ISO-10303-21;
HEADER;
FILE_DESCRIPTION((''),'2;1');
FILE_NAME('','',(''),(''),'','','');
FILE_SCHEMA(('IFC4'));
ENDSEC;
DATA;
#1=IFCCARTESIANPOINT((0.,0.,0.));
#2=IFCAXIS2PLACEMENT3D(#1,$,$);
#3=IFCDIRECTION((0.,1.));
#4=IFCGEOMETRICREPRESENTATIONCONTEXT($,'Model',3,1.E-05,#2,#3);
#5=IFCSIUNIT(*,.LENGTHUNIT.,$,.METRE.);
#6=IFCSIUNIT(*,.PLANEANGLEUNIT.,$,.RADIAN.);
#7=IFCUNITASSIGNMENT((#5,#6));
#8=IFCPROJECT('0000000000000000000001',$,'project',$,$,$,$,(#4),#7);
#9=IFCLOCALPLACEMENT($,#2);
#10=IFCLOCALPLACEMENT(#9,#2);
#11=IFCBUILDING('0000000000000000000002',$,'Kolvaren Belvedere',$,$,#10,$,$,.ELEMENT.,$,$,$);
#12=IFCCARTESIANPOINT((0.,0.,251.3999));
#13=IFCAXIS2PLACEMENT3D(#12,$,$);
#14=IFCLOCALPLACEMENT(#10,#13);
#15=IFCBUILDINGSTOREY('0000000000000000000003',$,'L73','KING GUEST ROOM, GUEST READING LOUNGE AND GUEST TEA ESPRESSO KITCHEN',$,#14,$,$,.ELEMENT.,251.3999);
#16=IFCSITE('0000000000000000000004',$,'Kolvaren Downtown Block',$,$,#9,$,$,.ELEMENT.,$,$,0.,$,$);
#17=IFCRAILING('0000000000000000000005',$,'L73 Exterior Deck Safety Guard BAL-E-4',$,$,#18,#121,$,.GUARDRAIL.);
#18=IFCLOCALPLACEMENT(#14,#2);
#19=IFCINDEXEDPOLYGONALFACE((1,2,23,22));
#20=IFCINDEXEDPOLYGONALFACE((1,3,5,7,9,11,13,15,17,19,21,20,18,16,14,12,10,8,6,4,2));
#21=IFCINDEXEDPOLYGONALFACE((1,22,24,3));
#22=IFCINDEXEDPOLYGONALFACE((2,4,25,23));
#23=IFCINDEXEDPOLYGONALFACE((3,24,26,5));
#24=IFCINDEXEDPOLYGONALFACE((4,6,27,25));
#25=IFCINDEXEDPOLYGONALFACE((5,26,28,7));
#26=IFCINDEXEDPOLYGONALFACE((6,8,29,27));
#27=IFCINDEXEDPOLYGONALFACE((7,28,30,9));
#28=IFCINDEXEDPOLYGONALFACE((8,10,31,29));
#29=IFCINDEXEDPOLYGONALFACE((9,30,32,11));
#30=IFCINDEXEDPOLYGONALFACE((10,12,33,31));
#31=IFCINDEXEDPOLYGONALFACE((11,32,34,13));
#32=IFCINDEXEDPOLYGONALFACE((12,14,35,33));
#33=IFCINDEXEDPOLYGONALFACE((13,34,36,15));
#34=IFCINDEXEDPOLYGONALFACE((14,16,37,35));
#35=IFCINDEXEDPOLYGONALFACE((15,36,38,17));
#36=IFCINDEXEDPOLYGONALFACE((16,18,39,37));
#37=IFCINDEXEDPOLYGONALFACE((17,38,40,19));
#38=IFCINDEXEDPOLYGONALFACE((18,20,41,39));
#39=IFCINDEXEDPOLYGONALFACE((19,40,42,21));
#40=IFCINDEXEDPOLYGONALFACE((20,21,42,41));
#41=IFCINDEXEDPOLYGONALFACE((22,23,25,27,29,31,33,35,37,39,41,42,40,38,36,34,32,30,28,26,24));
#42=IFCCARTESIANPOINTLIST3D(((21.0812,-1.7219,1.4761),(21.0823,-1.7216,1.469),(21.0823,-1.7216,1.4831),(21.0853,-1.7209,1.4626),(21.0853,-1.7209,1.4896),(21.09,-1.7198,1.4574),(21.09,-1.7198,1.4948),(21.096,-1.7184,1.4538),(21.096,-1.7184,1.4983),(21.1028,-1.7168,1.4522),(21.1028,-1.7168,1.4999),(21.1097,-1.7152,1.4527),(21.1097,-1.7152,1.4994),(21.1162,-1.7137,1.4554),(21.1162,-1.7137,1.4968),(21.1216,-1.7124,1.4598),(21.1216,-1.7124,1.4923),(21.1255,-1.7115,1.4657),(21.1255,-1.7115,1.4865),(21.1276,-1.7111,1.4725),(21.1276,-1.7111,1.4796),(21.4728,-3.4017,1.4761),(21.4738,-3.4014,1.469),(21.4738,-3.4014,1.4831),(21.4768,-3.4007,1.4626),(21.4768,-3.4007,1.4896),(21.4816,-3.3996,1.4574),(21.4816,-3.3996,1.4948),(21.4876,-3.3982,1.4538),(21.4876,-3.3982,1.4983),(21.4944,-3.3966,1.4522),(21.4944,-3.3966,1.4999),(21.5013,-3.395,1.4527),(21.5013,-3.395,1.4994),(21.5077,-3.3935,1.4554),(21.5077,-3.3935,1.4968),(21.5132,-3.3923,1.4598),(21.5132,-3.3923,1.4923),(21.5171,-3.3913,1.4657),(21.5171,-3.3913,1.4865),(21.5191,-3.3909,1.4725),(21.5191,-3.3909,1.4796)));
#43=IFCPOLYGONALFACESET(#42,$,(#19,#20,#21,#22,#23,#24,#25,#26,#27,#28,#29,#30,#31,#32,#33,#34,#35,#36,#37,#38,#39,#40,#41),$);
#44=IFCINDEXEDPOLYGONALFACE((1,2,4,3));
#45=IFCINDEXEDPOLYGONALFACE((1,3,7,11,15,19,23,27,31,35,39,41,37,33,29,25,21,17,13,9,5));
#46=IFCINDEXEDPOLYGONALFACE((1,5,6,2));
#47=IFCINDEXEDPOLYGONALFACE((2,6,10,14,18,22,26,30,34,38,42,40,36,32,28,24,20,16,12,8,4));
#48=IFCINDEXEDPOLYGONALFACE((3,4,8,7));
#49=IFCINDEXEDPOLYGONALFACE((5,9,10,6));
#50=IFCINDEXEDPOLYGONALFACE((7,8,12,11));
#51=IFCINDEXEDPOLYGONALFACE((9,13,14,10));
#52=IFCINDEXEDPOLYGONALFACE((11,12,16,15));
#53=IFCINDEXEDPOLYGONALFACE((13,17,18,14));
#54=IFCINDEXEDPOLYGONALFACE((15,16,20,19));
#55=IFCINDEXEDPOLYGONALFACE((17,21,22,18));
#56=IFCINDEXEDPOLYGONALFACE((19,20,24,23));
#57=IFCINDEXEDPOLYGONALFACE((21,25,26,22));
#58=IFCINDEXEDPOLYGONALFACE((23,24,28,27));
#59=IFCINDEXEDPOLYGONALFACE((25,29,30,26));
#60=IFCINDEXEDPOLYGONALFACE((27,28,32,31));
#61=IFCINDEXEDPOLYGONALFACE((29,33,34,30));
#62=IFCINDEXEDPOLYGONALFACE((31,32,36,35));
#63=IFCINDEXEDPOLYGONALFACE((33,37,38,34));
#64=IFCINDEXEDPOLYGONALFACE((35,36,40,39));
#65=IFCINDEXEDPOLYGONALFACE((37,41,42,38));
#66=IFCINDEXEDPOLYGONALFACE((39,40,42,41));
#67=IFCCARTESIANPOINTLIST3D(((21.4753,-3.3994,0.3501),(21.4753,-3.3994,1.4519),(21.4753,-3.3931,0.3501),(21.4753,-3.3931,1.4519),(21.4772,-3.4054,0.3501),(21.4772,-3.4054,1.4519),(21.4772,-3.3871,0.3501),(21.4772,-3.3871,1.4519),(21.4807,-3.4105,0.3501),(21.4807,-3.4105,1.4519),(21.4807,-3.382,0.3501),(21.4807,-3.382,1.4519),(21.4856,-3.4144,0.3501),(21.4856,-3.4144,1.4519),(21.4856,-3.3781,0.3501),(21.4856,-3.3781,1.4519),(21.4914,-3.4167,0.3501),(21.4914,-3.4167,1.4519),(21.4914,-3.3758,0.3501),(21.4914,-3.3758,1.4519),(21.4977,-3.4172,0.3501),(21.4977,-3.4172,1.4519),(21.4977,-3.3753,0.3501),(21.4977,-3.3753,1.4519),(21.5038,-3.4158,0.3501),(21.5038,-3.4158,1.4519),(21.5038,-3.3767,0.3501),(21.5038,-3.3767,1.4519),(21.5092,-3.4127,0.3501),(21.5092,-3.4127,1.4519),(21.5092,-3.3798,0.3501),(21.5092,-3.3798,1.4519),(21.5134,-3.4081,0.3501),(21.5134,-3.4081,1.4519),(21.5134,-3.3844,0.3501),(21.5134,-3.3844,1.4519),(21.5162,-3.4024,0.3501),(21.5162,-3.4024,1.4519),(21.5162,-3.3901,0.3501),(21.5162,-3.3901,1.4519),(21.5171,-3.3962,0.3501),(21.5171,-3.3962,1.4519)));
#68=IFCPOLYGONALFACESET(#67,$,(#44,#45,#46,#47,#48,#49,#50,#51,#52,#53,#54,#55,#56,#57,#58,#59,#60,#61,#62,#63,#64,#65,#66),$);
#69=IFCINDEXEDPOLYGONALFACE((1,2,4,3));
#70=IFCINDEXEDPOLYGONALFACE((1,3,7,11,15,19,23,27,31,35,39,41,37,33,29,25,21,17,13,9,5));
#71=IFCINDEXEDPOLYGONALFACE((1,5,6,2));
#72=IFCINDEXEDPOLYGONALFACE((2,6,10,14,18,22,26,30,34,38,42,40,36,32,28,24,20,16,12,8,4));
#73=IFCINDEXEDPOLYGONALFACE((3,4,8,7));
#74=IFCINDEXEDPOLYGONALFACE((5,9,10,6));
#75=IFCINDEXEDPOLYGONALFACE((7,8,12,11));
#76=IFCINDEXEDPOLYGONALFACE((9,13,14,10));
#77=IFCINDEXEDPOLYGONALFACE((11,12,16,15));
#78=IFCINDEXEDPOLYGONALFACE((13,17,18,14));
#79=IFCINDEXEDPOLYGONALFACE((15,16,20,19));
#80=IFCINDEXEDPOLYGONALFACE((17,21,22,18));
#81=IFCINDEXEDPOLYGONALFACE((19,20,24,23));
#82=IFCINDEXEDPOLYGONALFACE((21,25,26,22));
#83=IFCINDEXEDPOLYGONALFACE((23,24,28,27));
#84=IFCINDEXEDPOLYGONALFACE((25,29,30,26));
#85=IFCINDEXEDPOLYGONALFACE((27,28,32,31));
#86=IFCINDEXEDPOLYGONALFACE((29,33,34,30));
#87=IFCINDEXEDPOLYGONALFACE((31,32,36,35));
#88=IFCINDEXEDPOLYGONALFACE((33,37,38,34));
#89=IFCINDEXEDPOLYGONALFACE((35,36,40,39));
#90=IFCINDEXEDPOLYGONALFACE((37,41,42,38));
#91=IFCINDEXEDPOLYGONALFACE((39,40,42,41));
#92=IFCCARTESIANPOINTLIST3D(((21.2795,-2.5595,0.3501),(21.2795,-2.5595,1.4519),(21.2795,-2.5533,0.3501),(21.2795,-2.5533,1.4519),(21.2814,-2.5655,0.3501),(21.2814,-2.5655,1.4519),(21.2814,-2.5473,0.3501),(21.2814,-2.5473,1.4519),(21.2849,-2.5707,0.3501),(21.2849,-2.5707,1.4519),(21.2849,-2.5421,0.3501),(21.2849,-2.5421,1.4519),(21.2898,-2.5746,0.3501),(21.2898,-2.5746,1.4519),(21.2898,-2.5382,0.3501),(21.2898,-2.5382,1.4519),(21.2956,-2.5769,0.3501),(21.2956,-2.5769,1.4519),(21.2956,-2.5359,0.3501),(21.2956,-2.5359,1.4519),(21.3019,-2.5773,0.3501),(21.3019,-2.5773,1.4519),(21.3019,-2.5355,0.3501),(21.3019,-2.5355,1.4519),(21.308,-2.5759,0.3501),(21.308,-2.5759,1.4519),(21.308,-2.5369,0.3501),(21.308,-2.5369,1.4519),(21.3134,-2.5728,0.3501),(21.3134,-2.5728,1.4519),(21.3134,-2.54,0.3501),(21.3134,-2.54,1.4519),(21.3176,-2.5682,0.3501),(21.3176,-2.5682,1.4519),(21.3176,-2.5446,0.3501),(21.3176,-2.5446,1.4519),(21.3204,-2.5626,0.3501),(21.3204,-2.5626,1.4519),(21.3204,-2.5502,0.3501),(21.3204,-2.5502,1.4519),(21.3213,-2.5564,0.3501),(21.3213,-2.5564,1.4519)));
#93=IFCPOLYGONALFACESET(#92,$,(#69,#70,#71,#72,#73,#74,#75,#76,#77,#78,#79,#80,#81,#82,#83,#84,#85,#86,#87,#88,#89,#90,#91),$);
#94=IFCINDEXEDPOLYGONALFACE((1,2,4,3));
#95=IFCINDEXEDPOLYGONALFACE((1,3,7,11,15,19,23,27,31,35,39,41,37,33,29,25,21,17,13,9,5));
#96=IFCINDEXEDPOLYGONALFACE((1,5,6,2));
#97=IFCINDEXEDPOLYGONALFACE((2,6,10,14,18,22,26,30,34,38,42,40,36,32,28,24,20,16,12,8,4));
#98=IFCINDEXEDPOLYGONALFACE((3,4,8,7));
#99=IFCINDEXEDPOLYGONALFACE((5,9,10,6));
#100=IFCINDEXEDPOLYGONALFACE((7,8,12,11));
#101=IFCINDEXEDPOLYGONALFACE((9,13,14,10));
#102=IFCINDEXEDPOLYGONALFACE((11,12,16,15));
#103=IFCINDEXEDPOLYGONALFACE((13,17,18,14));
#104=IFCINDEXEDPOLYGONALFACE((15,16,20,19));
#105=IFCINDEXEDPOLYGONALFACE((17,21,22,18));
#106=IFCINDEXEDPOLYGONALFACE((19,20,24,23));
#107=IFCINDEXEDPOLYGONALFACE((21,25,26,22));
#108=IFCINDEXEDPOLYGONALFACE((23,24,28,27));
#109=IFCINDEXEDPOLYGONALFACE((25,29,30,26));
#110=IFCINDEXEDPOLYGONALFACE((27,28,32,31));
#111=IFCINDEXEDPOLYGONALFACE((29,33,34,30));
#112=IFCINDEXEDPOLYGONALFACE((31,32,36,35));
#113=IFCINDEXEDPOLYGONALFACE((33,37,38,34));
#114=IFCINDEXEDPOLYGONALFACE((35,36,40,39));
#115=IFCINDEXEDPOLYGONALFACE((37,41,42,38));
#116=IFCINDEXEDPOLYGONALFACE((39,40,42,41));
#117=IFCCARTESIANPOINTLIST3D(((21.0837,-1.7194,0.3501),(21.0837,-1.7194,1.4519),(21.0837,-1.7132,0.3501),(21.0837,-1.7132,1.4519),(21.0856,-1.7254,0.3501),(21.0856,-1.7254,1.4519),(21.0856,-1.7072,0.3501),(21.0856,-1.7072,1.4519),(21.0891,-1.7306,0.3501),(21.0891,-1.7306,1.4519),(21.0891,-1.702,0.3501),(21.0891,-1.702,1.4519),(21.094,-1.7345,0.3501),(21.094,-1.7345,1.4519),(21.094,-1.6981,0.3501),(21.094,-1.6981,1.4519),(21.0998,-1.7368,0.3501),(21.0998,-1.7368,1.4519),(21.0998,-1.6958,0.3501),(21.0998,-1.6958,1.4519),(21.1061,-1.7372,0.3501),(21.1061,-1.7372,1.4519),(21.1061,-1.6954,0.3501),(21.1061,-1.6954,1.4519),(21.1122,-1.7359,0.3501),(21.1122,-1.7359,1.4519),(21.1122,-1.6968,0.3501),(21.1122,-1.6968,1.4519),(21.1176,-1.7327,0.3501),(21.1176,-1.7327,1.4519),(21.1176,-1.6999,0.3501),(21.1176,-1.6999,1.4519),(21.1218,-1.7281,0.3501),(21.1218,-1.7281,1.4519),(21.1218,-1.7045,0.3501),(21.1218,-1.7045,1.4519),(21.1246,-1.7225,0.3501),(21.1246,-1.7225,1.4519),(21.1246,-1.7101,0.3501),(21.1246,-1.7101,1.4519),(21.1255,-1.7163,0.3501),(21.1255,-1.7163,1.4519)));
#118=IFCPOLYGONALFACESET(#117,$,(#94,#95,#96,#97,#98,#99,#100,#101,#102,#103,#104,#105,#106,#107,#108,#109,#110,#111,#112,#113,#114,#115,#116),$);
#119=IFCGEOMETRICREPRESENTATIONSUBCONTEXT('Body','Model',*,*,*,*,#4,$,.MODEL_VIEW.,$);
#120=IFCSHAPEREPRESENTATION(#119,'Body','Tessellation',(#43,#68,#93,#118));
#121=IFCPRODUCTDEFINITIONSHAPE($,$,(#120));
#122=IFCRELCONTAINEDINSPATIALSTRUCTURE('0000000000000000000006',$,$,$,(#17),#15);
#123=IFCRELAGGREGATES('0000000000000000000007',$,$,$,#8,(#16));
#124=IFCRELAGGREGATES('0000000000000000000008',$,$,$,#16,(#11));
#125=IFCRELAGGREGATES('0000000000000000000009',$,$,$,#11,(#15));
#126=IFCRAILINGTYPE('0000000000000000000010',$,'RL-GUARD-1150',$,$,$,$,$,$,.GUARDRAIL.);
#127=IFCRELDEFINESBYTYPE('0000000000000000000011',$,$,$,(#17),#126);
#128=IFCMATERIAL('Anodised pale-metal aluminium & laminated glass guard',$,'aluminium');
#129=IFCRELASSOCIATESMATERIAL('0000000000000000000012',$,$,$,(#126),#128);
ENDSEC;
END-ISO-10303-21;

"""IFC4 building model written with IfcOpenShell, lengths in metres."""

from ifc_helpers import new_model, si_unit, direction, frame, origin, origin_2d, place, context, subcontext, project, spatial, circle, extrude, material, type_object, element, save


model = new_model("IFC4")

# Units and contexts
model_context = context("Model", 3, precision=1e-05, world=origin(), true_north=direction((0.0, 1.0)))
body_context = subcontext(model_context, "Body", "Model", "MODEL_VIEW")
ifc_project = project(units=[si_unit("LENGTHUNIT", "METRE"), si_unit("PLANEANGLEUNIT", "RADIAN")], contexts=[model_context])

# Site, building, storey
site_placement = place(None, origin())
site = spatial("IfcSite", under=ifc_project, at=site_placement, Name="Kolvaren Downtown Block", CompositionType="ELEMENT", RefElevation=0.0)
building_placement = place(site_placement, origin())
building = spatial("IfcBuilding", under=site, at=building_placement, Name="Kolvaren Belvedere", CompositionType="ELEMENT")
storey_placement = place(building_placement, frame((0.0, 0.0, 251.3999)))
storey = spatial("IfcBuildingStorey", under=building, at=storey_placement, Name="L73", Description="KING GUEST ROOM, GUEST READING LOUNGE AND GUEST TEA ESPRESSO KITCHEN", CompositionType="ELEMENT", Elevation=251.3999)

# Railing
ifc_material_1 = material(Name="Anodised pale-metal aluminium & laminated glass guard", Category="aluminium")
railing_type = type_object("IfcRailingType", Name="RL-GUARD-1150", PredefinedType="GUARDRAIL", material=ifc_material_1)
railing_1_placement = place(storey_placement, frame((21.4961, -3.3962, 0.3501)))
element("IfcRailing", 1, at=railing_1_placement, inside=storey, type_object=railing_type, Name="L73 Exterior Deck Safety Guard BAL-E-4", PredefinedType="GUARDRAIL", context=body_context, shape_type="SweptSolid", body=[
    extrude(circle(Radius=0.0239, at=origin_2d()), frame((0.0, 0.0, 1.126), z_axis=(-0.227019, 0.97389, 0.0), x_axis=(-0.97389, -0.227019, 0.0)), (0.0, 0.0, 1.0), 1.7249),
    extrude(circle(Radius=0.021, at=origin_2d()), origin(), (0.0, 0.0, 1.0), 1.1018),
    extrude(circle(Radius=0.021, at=origin_2d()), frame((-0.1958, 0.8398, 0.0)), (0.0, 0.0, 1.0), 1.1018),
    extrude(circle(Radius=0.021, at=origin_2d()), frame((-0.3916, 1.6799, 0.0)), (0.0, 0.0, 1.0), 1.1018),
])

save(model, "model.ifc")
